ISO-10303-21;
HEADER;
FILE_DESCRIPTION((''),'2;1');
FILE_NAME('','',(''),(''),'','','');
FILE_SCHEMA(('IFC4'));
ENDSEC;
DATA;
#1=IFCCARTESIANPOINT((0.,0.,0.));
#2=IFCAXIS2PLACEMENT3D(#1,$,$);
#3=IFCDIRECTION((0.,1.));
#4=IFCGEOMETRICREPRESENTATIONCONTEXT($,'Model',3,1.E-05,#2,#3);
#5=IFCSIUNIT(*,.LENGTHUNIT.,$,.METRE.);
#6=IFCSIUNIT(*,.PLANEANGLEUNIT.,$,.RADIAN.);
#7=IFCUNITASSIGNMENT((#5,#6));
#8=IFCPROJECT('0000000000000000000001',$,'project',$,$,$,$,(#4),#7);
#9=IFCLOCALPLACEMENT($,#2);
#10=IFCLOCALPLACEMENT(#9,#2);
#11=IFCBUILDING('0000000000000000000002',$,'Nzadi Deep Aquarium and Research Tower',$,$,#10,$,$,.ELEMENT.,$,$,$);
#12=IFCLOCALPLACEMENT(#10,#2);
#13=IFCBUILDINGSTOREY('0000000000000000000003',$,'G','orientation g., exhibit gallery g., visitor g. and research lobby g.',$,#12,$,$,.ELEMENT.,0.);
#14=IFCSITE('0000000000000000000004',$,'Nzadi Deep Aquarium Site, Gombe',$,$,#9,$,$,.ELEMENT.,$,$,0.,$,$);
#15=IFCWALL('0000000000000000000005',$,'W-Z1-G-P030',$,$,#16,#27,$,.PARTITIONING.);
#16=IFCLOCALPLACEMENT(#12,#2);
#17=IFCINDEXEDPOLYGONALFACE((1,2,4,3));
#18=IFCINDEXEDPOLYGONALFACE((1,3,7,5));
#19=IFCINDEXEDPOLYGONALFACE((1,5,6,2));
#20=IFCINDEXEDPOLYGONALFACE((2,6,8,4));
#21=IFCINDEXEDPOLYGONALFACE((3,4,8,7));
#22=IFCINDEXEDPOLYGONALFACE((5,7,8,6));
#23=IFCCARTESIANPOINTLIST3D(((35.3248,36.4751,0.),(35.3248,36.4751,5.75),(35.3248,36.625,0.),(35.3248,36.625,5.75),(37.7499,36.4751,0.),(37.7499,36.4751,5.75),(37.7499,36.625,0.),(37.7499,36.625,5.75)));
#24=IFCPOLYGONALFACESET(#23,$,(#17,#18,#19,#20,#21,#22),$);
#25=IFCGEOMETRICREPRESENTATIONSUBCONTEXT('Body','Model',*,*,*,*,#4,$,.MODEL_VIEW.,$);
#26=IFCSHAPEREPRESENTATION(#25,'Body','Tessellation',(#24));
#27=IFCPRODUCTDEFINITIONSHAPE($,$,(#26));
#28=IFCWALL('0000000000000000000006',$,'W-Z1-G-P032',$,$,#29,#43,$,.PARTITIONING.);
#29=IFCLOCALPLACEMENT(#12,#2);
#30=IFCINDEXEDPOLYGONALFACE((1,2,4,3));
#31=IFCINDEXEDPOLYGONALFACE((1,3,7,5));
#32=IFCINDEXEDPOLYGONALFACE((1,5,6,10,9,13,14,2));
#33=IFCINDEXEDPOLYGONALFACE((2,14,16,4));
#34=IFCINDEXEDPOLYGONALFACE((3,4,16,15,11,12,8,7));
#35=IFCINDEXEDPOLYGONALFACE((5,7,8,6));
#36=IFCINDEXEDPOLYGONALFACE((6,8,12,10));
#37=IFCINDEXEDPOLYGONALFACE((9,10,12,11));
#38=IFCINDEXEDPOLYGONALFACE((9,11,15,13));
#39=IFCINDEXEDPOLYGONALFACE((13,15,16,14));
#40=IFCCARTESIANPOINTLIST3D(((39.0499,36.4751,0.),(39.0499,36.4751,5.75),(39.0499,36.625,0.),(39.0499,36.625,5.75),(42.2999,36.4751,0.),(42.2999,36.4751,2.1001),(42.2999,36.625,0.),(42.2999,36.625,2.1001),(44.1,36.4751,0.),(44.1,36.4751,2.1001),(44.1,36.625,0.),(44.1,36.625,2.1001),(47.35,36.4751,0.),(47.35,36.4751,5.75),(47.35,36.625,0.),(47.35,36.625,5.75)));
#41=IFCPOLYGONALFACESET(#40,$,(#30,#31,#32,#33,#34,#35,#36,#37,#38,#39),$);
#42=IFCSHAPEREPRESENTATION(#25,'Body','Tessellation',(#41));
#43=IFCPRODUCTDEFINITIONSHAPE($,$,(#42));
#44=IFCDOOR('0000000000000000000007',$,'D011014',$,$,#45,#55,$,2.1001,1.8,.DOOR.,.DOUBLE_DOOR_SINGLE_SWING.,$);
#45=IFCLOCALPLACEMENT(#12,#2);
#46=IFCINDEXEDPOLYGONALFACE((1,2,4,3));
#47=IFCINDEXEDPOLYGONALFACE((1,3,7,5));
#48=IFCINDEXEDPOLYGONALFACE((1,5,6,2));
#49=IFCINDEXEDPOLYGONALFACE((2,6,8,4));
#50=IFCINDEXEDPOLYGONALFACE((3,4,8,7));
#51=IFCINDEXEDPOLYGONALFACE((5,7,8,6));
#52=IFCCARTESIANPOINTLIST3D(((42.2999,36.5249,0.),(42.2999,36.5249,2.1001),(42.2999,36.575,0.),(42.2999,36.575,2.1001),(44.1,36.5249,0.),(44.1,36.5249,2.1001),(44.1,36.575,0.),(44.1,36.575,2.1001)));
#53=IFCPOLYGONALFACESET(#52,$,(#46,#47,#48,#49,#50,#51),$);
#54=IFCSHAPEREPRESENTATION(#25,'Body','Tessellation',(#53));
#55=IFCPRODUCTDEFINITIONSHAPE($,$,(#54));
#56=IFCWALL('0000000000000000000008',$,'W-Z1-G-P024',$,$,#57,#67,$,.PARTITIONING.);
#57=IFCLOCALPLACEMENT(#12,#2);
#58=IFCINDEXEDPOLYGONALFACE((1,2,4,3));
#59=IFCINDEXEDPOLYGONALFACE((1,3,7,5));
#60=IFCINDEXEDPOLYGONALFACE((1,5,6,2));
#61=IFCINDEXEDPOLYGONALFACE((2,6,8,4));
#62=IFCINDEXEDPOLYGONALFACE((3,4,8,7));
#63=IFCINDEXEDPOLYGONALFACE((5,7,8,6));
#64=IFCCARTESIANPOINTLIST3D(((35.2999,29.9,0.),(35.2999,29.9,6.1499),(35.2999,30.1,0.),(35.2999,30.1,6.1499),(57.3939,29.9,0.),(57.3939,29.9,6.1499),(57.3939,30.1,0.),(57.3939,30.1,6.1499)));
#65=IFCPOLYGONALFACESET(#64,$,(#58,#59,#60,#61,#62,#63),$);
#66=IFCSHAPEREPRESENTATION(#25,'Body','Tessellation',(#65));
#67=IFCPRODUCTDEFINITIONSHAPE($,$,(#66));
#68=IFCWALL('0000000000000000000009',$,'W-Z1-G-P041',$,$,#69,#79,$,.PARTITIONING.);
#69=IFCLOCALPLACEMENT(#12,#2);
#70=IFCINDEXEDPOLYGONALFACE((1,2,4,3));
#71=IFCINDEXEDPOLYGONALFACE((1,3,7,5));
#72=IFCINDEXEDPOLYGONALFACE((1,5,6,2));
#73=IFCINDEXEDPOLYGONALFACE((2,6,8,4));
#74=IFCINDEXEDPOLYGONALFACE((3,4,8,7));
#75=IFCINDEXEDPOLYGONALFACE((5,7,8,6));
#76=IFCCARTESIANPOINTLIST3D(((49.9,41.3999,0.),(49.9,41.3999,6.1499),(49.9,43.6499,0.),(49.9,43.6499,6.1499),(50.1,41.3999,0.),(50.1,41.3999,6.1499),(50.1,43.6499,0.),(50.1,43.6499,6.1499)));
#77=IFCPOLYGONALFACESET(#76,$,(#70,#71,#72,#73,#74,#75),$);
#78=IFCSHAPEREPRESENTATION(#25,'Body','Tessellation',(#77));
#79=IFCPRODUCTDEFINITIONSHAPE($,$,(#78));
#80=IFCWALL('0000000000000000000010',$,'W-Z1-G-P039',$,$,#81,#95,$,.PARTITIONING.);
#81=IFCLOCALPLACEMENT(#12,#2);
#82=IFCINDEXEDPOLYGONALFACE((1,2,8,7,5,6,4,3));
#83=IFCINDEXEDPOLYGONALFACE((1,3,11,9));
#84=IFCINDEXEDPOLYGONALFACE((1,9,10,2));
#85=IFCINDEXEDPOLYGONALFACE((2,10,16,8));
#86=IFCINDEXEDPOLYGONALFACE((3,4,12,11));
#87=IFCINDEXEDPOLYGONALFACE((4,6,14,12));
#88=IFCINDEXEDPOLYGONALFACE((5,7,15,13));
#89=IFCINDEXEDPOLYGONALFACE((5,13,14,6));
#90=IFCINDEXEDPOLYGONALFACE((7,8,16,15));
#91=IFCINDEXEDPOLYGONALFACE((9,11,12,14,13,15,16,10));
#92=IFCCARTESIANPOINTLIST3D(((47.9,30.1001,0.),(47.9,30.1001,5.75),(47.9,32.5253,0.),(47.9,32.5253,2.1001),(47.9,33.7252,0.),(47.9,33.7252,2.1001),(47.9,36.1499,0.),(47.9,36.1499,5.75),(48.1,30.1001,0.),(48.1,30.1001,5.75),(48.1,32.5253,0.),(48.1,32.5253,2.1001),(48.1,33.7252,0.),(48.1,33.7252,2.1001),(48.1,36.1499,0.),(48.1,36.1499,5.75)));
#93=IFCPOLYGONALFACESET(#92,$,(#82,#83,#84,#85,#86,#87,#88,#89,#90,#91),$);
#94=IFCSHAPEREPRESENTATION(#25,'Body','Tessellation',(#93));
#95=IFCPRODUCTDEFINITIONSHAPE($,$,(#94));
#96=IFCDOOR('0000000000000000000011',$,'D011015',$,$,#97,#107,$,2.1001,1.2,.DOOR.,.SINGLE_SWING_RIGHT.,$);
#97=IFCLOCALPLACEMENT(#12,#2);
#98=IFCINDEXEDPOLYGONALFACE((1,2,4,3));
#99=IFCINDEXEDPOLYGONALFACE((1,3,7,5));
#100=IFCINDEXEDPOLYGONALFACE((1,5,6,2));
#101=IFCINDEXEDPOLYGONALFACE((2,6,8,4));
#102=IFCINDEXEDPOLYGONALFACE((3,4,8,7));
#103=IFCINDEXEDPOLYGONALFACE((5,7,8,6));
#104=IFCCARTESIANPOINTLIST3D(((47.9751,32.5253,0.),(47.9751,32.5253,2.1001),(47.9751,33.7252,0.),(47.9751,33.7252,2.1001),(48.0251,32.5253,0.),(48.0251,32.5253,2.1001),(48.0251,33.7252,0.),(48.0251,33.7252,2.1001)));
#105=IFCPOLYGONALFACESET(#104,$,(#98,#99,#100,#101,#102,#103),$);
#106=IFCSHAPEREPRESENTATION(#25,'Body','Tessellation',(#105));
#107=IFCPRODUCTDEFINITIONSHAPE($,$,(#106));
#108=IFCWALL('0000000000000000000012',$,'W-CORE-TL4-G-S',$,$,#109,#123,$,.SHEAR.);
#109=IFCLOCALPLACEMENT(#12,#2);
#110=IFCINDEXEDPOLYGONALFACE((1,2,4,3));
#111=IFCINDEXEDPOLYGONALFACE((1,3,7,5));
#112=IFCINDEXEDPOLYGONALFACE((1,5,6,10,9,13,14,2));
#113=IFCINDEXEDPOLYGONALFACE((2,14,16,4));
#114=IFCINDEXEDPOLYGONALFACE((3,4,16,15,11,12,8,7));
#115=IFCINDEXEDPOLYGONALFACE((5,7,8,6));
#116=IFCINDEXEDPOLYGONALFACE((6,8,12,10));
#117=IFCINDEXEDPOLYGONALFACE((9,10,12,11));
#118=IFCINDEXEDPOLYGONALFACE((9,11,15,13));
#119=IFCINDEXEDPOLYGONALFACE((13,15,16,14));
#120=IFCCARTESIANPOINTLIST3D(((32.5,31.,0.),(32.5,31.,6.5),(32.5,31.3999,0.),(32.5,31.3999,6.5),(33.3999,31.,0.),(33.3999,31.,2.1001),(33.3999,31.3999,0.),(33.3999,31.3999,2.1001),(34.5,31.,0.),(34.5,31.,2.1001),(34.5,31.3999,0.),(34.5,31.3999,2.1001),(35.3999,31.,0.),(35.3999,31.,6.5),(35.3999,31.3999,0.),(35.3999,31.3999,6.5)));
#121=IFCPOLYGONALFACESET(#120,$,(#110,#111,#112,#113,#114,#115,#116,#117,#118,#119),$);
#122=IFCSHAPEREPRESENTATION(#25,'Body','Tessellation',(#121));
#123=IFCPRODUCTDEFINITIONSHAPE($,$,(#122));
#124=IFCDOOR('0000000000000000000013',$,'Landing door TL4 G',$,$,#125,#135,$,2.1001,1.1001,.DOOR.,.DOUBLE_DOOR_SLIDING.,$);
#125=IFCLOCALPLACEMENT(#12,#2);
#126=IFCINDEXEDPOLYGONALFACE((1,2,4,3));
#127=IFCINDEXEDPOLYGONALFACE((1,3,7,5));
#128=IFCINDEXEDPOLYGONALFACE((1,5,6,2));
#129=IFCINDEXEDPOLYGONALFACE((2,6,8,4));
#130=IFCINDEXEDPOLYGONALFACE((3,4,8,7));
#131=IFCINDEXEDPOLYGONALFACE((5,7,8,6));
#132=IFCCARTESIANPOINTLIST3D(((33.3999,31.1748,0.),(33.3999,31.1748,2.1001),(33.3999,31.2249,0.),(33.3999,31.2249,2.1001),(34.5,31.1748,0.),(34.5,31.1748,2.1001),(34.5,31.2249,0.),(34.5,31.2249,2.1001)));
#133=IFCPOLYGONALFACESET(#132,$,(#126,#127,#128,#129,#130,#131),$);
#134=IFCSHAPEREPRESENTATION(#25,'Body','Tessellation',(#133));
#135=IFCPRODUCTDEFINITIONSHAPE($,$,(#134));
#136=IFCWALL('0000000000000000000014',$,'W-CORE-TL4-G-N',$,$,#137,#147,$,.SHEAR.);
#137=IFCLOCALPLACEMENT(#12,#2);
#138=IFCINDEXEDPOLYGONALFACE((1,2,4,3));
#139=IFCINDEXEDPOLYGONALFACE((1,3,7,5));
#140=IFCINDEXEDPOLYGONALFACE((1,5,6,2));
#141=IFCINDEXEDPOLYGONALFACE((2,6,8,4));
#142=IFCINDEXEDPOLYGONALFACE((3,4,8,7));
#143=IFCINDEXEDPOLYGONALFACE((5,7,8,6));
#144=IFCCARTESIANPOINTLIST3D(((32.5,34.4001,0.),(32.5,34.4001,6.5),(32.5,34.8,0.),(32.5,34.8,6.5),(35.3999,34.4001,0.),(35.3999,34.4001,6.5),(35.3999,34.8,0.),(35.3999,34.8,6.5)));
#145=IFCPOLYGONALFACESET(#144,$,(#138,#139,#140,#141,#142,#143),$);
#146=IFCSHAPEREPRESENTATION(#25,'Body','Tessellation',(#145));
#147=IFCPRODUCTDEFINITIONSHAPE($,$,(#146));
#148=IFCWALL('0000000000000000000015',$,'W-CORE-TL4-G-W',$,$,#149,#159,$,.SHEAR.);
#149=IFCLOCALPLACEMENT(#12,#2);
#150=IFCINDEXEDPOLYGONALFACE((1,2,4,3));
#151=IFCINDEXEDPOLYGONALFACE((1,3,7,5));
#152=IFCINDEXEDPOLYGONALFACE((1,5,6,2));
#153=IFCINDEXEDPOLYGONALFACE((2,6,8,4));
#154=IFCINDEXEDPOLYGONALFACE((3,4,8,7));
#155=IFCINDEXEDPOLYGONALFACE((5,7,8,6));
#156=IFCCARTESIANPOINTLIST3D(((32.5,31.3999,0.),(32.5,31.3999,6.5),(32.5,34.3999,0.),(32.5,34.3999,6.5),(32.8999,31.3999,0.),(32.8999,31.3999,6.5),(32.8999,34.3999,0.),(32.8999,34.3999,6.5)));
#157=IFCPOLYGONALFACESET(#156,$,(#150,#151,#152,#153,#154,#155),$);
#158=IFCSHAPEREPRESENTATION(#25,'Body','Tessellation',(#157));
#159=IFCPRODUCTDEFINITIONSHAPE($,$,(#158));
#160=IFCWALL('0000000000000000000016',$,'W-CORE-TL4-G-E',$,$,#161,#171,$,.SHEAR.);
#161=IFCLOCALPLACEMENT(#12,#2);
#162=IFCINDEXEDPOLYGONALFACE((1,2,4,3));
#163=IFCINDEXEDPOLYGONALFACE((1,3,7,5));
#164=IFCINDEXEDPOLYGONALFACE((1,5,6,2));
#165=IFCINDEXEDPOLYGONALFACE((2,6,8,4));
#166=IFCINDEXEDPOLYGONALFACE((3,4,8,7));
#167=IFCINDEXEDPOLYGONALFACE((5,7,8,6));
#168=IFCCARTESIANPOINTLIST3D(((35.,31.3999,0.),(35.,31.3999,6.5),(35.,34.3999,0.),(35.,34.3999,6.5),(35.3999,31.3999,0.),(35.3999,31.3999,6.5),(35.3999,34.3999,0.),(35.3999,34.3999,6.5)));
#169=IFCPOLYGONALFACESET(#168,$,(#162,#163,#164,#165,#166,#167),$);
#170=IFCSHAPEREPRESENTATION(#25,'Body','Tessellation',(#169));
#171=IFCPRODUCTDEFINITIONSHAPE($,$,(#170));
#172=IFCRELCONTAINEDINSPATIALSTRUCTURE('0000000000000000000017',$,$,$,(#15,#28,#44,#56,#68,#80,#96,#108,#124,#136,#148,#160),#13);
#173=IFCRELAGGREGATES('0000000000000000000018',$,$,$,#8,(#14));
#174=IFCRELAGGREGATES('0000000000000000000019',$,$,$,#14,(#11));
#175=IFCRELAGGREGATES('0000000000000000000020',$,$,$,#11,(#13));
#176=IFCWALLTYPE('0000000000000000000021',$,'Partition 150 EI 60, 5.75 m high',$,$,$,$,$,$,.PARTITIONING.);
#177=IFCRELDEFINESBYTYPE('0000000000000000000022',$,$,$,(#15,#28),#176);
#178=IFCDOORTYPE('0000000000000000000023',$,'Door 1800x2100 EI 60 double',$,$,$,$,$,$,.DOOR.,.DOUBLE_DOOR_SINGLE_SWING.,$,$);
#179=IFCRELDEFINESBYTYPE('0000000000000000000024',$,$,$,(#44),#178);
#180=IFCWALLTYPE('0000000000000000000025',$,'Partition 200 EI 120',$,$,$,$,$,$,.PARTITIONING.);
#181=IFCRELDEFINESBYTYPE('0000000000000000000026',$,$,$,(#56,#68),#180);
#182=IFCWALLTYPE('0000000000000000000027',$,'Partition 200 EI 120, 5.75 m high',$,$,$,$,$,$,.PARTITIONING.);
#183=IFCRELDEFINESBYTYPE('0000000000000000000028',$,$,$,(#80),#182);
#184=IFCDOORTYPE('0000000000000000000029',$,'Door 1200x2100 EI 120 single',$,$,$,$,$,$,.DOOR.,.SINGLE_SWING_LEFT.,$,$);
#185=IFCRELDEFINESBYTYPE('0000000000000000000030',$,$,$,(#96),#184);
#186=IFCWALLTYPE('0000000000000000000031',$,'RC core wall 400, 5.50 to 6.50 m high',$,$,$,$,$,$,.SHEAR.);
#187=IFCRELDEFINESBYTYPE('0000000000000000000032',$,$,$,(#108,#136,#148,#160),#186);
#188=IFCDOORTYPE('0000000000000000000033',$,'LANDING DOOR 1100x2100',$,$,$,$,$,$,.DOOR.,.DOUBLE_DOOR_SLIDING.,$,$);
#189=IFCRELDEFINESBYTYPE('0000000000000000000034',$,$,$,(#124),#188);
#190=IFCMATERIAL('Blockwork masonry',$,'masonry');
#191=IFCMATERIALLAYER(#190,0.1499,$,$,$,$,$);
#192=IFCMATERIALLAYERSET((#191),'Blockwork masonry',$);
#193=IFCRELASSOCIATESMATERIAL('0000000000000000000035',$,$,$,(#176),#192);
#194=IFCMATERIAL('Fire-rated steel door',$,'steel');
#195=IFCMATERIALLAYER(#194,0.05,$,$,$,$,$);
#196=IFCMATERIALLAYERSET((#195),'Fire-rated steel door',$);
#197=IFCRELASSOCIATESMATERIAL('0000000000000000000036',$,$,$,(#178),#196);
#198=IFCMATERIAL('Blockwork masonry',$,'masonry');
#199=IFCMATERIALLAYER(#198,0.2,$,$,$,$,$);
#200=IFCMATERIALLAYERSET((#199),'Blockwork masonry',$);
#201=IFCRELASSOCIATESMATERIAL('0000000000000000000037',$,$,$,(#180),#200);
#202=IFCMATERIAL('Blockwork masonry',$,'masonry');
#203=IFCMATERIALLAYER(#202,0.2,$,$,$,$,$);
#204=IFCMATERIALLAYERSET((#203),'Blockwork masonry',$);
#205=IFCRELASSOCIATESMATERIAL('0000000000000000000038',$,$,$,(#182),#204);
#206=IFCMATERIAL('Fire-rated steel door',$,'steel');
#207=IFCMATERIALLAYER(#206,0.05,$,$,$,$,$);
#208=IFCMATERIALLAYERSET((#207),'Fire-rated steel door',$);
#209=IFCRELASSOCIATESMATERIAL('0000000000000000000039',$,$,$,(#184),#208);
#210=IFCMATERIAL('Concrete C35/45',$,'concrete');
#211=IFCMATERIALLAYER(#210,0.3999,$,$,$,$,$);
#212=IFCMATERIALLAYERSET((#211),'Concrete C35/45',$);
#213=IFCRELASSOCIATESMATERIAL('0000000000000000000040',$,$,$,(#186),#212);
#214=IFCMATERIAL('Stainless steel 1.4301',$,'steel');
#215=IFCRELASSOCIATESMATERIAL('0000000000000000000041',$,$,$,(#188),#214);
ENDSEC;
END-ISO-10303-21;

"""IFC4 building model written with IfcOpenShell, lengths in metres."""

from ifc_helpers import new_model, si_unit, direction, frame, frame_2d, origin, place, context, subcontext, project, spatial, rectangle, extrude, material, layer, layer_set, type_object, element, fill, save


model = new_model("IFC4")

# Units and contexts
model_context = context("Model", 3, precision=1e-05, world=origin(), true_north=direction((0.0, 1.0)))
body_context = subcontext(model_context, "Body", "Model", "MODEL_VIEW")
ifc_project = project(units=[si_unit("LENGTHUNIT", "METRE"), si_unit("PLANEANGLEUNIT", "RADIAN")], contexts=[model_context])

# Site, building, storey
site_placement = place(None, origin())
site = spatial("IfcSite", under=ifc_project, at=site_placement, Name="Nzadi Deep Aquarium Site, Gombe", CompositionType="ELEMENT", RefElevation=0.0)
building_placement = place(site_placement, origin())
building = spatial("IfcBuilding", under=site, at=building_placement, Name="Nzadi Deep Aquarium and Research Tower", CompositionType="ELEMENT")
storey_placement = place(building_placement, origin())
storey = spatial("IfcBuildingStorey", under=building, at=storey_placement, Name="G", Description="orientation g., exhibit gallery g., visitor g. and research lobby g.", CompositionType="ELEMENT", Elevation=0.0)

# Wall
ifc_material_1 = material(Name="Blockwork masonry", Category="masonry")
ifc_layer_1 = layer(ifc_material_1, 0.1499)
ifc_layer_set_1 = layer_set([ifc_layer_1], Name="Blockwork masonry")
wall_type_1 = type_object("IfcWallType", Name="Partition 150 EI 60, 5.75 m high", PredefinedType="PARTITIONING", material=ifc_layer_set_1)
wall_1_placement = place(storey_placement, frame((35.325, 36.55, 0.0), z_axis=(0.0, 0.0, 1.0), x_axis=(1.0, 0.0, 0.0)))
element("IfcWall", 1, at=wall_1_placement, inside=storey, type_object=wall_type_1, Name="W-Z1-G-P030", PredefinedType="PARTITIONING", context=body_context, shape_type="SweptSolid", body=[
    extrude(rectangle(XDim=2.425, YDim=0.1499, at=frame_2d((1.2124, 0.0))), origin(), (0.0, 0.0, 1.0), 5.75),
])

# Wall, opening, door
wall_2_placement = place(storey_placement, frame((39.05, 36.55, 0.0), z_axis=(0.0, 0.0, 1.0), x_axis=(1.0, 0.0, 0.0)))
wall_2 = element("IfcWall", 2, at=wall_2_placement, inside=storey, type_object=wall_type_1, Name="W-Z1-G-P032", PredefinedType="PARTITIONING", context=body_context, shape_type="SweptSolid", body=[
    extrude(rectangle(XDim=8.3, YDim=0.1499, at=frame_2d((4.1499, 0.0))), origin(), (0.0, 0.0, 1.0), 5.75),
])
opening_1_placement = place(wall_2_placement, frame((3.25, 0.0, 0.0)))
opening_1 = element("IfcOpeningElement", 3, at=opening_1_placement, cuts=wall_2, PredefinedType="OPENING", context=body_context, shape_type="SweptSolid", body=[
    extrude(rectangle(XDim=1.8, YDim=2.1001, at=frame_2d((0.8999, 1.05))), frame((0.0, 0.085, 0.0), z_axis=(0.0, -1.0, 0.0), x_axis=(1.0, 0.0, 0.0)), (0.0, 0.0, 1.0), 0.1699),
])
ifc_material_2 = material(Name="Fire-rated steel door", Category="steel")
ifc_layer_2 = layer(ifc_material_2, 0.05)
ifc_layer_set_2 = layer_set([ifc_layer_2], Name="Fire-rated steel door")
door_type_1 = type_object("IfcDoorType", Name="Door 1800x2100 EI 60 double", OperationType="DOUBLE_DOOR_SINGLE_SWING", PredefinedType="DOOR", material=ifc_layer_set_2)
door_1_placement = place(opening_1_placement, origin())
door_1 = element("IfcDoor", 4, at=door_1_placement, inside=storey, type_object=door_type_1, Name="D011014", OperationType="DOUBLE_DOOR_SINGLE_SWING", OverallHeight=2.1001, OverallWidth=1.8, PredefinedType="DOOR", context=body_context, shape_type="SweptSolid", body=[
    extrude(rectangle(XDim=1.8, YDim=2.1001, at=frame_2d((0.8999, 1.05))), frame((0.0, 0.0249, 0.0), z_axis=(0.0, -1.0, 0.0), x_axis=(1.0, 0.0, 0.0)), (0.0, 0.0, 1.0), 0.05),
])
fill(opening_1, door_1)

# Walls
ifc_material_3 = material(Name="Blockwork masonry", Category="masonry")
ifc_layer_3 = layer(ifc_material_3, 0.2)
ifc_layer_set_3 = layer_set([ifc_layer_3], Name="Blockwork masonry")
wall_type_2 = type_object("IfcWallType", Name="Partition 200 EI 120", PredefinedType="PARTITIONING", material=ifc_layer_set_3)
wall_3_placement = place(storey_placement, frame((35.3, 30.0, 0.0), z_axis=(0.0, 0.0, 1.0), x_axis=(1.0, 0.0, 0.0)))
element("IfcWall", 5, at=wall_3_placement, inside=storey, type_object=wall_type_2, Name="W-Z1-G-P024", PredefinedType="PARTITIONING", context=body_context, shape_type="SweptSolid", body=[
    extrude(rectangle(XDim=22.094, YDim=0.2, at=frame_2d((11.0469, 0.0))), origin(), (0.0, 0.0, 1.0), 6.1499),
])
wall_4_placement = place(storey_placement, frame((50.0, 41.3999, 0.0), z_axis=(0.0, 0.0, 1.0), x_axis=(0.0, 1.0, 0.0)))
element("IfcWall", 6, at=wall_4_placement, inside=storey, type_object=wall_type_2, Name="W-Z1-G-P041", PredefinedType="PARTITIONING", context=body_context, shape_type="SweptSolid", body=[
    extrude(rectangle(XDim=2.25, YDim=0.2, at=frame_2d((1.125, 0.0))), origin(), (0.0, 0.0, 1.0), 6.1499),
])

# Walls, openings, doors
ifc_material_4 = material(Name="Blockwork masonry", Category="masonry")
ifc_layer_4 = layer(ifc_material_4, 0.2)
ifc_layer_set_4 = layer_set([ifc_layer_4], Name="Blockwork masonry")
wall_type_3 = type_object("IfcWallType", Name="Partition 200 EI 120, 5.75 m high", PredefinedType="PARTITIONING", material=ifc_layer_set_4)
wall_5_placement = place(storey_placement, frame((48.0, 30.1001, 0.0), z_axis=(0.0, 0.0, 1.0), x_axis=(0.0, 1.0, 0.0)))
wall_5 = element("IfcWall", 7, at=wall_5_placement, inside=storey, type_object=wall_type_3, Name="W-Z1-G-P039", PredefinedType="PARTITIONING", context=body_context, shape_type="SweptSolid", body=[
    extrude(rectangle(XDim=6.0498, YDim=0.2, at=frame_2d((3.0249, 0.0))), origin(), (0.0, 0.0, 1.0), 5.75),
])
opening_2_placement = place(wall_5_placement, frame((2.425, 0.0, 0.0)))
opening_2 = element("IfcOpeningElement", 8, at=opening_2_placement, cuts=wall_5, PredefinedType="OPENING", context=body_context, shape_type="SweptSolid", body=[
    extrude(rectangle(XDim=1.2, YDim=2.1001, at=frame_2d((0.6001, 1.05))), frame((0.0, 0.1101, 0.0), z_axis=(0.0, -1.0, 0.0), x_axis=(1.0, 0.0, 0.0)), (0.0, 0.0, 1.0), 0.2202),
])
ifc_material_5 = material(Name="Fire-rated steel door", Category="steel")
ifc_layer_5 = layer(ifc_material_5, 0.05)
ifc_layer_set_5 = layer_set([ifc_layer_5], Name="Fire-rated steel door")
door_type_2 = type_object("IfcDoorType", Name="Door 1200x2100 EI 120 single", OperationType="SINGLE_SWING_LEFT", PredefinedType="DOOR", material=ifc_layer_set_5)
door_2_placement = place(opening_2_placement, origin())
door_2 = element("IfcDoor", 9, at=door_2_placement, inside=storey, type_object=door_type_2, Name="D011015", OperationType="SINGLE_SWING_RIGHT", OverallHeight=2.1001, OverallWidth=1.2, PredefinedType="DOOR", context=body_context, shape_type="SweptSolid", body=[
    extrude(rectangle(XDim=1.2, YDim=2.1001, at=frame_2d((0.6001, 1.05))), frame((0.0, 0.0249, 0.0), z_axis=(0.0, -1.0, 0.0), x_axis=(1.0, 0.0, 0.0)), (0.0, 0.0, 1.0), 0.05),
])
fill(opening_2, door_2)
ifc_material_6 = material(Name="Concrete C35/45", Category="concrete")
ifc_layer_6 = layer(ifc_material_6, 0.3999)
ifc_layer_set_6 = layer_set([ifc_layer_6], Name="Concrete C35/45")
wall_type_4 = type_object("IfcWallType", Name="RC core wall 400, 5.50 to 6.50 m high", PredefinedType="SHEAR", material=ifc_layer_set_6)
wall_6_placement = place(storey_placement, frame((32.5, 31.2, 0.0), z_axis=(0.0, 0.0, 1.0), x_axis=(1.0, 0.0, 0.0)))
wall_6 = element("IfcWall", 10, at=wall_6_placement, inside=storey, type_object=wall_type_4, Name="W-CORE-TL4-G-S", PredefinedType="SHEAR", context=body_context, shape_type="SweptSolid", body=[
    extrude(rectangle(XDim=2.8999, YDim=0.3999, at=frame_2d((1.45, 0.0))), origin(), (0.0, 0.0, 1.0), 6.5),
])
opening_3_placement = place(wall_6_placement, frame((0.8999, 0.0, 0.0)))
opening_3 = element("IfcOpeningElement", 11, at=opening_3_placement, cuts=wall_6, PredefinedType="OPENING", context=body_context, shape_type="SweptSolid", body=[
    extrude(rectangle(XDim=1.1001, YDim=2.1001, at=frame_2d((0.55, 1.05))), frame((0.0, 0.21, 0.0), z_axis=(0.0, -1.0, 0.0), x_axis=(1.0, 0.0, 0.0)), (0.0, 0.0, 1.0), 0.4199),
])
ifc_material_7 = material(Name="Stainless steel 1.4301", Category="steel")
door_type_3 = type_object("IfcDoorType", Name="LANDING DOOR 1100x2100", OperationType="DOUBLE_DOOR_SLIDING", PredefinedType="DOOR", material=ifc_material_7)
door_3_placement = place(opening_3_placement, origin())
door_3 = element("IfcDoor", 12, at=door_3_placement, inside=storey, type_object=door_type_3, Name="Landing door TL4 G", OperationType="DOUBLE_DOOR_SLIDING", OverallHeight=2.1001, OverallWidth=1.1001, PredefinedType="DOOR", context=body_context, shape_type="SweptSolid", body=[
    extrude(rectangle(XDim=1.1001, YDim=2.1001, at=frame_2d((0.55, 1.05))), frame((0.0, 0.0249, 0.0), z_axis=(0.0, -1.0, 0.0), x_axis=(1.0, 0.0, 0.0)), (0.0, 0.0, 1.0), 0.05),
])
fill(opening_3, door_3)

# Walls
wall_7_placement = place(storey_placement, frame((32.5, 34.6001, 0.0), z_axis=(0.0, 0.0, 1.0), x_axis=(1.0, 0.0, 0.0)))
element("IfcWall", 13, at=wall_7_placement, inside=storey, type_object=wall_type_4, Name="W-CORE-TL4-G-N", PredefinedType="SHEAR", context=body_context, shape_type="SweptSolid", body=[
    extrude(rectangle(XDim=2.8999, YDim=0.3999, at=frame_2d((1.45, 0.0))), origin(), (0.0, 0.0, 1.0), 6.5),
])
for number, where, z_axis, x_axis, name in (
    (14, (32.7, 31.3999, 0.0), (0.0, 0.0, 1.0), (0.0, 1.0, 0.0), "W-CORE-TL4-G-W"),
    (15, (35.2, 31.3999, 0.0), (0.0, 0.0, 1.0), (0.0, 1.0, 0.0), "W-CORE-TL4-G-E"),
):
    element("IfcWall", number, at=place(storey_placement, frame(where, z_axis=z_axis, x_axis=x_axis)), inside=storey, type_object=wall_type_4, Name=name, PredefinedType="SHEAR", context=body_context, shape_type="SweptSolid", body=[
        extrude(rectangle(XDim=3.0, YDim=0.3999, at=frame_2d((1.5, 0.0))), origin(), (0.0, 0.0, 1.0), 6.5),
    ])

save(model, "model.ifc")
